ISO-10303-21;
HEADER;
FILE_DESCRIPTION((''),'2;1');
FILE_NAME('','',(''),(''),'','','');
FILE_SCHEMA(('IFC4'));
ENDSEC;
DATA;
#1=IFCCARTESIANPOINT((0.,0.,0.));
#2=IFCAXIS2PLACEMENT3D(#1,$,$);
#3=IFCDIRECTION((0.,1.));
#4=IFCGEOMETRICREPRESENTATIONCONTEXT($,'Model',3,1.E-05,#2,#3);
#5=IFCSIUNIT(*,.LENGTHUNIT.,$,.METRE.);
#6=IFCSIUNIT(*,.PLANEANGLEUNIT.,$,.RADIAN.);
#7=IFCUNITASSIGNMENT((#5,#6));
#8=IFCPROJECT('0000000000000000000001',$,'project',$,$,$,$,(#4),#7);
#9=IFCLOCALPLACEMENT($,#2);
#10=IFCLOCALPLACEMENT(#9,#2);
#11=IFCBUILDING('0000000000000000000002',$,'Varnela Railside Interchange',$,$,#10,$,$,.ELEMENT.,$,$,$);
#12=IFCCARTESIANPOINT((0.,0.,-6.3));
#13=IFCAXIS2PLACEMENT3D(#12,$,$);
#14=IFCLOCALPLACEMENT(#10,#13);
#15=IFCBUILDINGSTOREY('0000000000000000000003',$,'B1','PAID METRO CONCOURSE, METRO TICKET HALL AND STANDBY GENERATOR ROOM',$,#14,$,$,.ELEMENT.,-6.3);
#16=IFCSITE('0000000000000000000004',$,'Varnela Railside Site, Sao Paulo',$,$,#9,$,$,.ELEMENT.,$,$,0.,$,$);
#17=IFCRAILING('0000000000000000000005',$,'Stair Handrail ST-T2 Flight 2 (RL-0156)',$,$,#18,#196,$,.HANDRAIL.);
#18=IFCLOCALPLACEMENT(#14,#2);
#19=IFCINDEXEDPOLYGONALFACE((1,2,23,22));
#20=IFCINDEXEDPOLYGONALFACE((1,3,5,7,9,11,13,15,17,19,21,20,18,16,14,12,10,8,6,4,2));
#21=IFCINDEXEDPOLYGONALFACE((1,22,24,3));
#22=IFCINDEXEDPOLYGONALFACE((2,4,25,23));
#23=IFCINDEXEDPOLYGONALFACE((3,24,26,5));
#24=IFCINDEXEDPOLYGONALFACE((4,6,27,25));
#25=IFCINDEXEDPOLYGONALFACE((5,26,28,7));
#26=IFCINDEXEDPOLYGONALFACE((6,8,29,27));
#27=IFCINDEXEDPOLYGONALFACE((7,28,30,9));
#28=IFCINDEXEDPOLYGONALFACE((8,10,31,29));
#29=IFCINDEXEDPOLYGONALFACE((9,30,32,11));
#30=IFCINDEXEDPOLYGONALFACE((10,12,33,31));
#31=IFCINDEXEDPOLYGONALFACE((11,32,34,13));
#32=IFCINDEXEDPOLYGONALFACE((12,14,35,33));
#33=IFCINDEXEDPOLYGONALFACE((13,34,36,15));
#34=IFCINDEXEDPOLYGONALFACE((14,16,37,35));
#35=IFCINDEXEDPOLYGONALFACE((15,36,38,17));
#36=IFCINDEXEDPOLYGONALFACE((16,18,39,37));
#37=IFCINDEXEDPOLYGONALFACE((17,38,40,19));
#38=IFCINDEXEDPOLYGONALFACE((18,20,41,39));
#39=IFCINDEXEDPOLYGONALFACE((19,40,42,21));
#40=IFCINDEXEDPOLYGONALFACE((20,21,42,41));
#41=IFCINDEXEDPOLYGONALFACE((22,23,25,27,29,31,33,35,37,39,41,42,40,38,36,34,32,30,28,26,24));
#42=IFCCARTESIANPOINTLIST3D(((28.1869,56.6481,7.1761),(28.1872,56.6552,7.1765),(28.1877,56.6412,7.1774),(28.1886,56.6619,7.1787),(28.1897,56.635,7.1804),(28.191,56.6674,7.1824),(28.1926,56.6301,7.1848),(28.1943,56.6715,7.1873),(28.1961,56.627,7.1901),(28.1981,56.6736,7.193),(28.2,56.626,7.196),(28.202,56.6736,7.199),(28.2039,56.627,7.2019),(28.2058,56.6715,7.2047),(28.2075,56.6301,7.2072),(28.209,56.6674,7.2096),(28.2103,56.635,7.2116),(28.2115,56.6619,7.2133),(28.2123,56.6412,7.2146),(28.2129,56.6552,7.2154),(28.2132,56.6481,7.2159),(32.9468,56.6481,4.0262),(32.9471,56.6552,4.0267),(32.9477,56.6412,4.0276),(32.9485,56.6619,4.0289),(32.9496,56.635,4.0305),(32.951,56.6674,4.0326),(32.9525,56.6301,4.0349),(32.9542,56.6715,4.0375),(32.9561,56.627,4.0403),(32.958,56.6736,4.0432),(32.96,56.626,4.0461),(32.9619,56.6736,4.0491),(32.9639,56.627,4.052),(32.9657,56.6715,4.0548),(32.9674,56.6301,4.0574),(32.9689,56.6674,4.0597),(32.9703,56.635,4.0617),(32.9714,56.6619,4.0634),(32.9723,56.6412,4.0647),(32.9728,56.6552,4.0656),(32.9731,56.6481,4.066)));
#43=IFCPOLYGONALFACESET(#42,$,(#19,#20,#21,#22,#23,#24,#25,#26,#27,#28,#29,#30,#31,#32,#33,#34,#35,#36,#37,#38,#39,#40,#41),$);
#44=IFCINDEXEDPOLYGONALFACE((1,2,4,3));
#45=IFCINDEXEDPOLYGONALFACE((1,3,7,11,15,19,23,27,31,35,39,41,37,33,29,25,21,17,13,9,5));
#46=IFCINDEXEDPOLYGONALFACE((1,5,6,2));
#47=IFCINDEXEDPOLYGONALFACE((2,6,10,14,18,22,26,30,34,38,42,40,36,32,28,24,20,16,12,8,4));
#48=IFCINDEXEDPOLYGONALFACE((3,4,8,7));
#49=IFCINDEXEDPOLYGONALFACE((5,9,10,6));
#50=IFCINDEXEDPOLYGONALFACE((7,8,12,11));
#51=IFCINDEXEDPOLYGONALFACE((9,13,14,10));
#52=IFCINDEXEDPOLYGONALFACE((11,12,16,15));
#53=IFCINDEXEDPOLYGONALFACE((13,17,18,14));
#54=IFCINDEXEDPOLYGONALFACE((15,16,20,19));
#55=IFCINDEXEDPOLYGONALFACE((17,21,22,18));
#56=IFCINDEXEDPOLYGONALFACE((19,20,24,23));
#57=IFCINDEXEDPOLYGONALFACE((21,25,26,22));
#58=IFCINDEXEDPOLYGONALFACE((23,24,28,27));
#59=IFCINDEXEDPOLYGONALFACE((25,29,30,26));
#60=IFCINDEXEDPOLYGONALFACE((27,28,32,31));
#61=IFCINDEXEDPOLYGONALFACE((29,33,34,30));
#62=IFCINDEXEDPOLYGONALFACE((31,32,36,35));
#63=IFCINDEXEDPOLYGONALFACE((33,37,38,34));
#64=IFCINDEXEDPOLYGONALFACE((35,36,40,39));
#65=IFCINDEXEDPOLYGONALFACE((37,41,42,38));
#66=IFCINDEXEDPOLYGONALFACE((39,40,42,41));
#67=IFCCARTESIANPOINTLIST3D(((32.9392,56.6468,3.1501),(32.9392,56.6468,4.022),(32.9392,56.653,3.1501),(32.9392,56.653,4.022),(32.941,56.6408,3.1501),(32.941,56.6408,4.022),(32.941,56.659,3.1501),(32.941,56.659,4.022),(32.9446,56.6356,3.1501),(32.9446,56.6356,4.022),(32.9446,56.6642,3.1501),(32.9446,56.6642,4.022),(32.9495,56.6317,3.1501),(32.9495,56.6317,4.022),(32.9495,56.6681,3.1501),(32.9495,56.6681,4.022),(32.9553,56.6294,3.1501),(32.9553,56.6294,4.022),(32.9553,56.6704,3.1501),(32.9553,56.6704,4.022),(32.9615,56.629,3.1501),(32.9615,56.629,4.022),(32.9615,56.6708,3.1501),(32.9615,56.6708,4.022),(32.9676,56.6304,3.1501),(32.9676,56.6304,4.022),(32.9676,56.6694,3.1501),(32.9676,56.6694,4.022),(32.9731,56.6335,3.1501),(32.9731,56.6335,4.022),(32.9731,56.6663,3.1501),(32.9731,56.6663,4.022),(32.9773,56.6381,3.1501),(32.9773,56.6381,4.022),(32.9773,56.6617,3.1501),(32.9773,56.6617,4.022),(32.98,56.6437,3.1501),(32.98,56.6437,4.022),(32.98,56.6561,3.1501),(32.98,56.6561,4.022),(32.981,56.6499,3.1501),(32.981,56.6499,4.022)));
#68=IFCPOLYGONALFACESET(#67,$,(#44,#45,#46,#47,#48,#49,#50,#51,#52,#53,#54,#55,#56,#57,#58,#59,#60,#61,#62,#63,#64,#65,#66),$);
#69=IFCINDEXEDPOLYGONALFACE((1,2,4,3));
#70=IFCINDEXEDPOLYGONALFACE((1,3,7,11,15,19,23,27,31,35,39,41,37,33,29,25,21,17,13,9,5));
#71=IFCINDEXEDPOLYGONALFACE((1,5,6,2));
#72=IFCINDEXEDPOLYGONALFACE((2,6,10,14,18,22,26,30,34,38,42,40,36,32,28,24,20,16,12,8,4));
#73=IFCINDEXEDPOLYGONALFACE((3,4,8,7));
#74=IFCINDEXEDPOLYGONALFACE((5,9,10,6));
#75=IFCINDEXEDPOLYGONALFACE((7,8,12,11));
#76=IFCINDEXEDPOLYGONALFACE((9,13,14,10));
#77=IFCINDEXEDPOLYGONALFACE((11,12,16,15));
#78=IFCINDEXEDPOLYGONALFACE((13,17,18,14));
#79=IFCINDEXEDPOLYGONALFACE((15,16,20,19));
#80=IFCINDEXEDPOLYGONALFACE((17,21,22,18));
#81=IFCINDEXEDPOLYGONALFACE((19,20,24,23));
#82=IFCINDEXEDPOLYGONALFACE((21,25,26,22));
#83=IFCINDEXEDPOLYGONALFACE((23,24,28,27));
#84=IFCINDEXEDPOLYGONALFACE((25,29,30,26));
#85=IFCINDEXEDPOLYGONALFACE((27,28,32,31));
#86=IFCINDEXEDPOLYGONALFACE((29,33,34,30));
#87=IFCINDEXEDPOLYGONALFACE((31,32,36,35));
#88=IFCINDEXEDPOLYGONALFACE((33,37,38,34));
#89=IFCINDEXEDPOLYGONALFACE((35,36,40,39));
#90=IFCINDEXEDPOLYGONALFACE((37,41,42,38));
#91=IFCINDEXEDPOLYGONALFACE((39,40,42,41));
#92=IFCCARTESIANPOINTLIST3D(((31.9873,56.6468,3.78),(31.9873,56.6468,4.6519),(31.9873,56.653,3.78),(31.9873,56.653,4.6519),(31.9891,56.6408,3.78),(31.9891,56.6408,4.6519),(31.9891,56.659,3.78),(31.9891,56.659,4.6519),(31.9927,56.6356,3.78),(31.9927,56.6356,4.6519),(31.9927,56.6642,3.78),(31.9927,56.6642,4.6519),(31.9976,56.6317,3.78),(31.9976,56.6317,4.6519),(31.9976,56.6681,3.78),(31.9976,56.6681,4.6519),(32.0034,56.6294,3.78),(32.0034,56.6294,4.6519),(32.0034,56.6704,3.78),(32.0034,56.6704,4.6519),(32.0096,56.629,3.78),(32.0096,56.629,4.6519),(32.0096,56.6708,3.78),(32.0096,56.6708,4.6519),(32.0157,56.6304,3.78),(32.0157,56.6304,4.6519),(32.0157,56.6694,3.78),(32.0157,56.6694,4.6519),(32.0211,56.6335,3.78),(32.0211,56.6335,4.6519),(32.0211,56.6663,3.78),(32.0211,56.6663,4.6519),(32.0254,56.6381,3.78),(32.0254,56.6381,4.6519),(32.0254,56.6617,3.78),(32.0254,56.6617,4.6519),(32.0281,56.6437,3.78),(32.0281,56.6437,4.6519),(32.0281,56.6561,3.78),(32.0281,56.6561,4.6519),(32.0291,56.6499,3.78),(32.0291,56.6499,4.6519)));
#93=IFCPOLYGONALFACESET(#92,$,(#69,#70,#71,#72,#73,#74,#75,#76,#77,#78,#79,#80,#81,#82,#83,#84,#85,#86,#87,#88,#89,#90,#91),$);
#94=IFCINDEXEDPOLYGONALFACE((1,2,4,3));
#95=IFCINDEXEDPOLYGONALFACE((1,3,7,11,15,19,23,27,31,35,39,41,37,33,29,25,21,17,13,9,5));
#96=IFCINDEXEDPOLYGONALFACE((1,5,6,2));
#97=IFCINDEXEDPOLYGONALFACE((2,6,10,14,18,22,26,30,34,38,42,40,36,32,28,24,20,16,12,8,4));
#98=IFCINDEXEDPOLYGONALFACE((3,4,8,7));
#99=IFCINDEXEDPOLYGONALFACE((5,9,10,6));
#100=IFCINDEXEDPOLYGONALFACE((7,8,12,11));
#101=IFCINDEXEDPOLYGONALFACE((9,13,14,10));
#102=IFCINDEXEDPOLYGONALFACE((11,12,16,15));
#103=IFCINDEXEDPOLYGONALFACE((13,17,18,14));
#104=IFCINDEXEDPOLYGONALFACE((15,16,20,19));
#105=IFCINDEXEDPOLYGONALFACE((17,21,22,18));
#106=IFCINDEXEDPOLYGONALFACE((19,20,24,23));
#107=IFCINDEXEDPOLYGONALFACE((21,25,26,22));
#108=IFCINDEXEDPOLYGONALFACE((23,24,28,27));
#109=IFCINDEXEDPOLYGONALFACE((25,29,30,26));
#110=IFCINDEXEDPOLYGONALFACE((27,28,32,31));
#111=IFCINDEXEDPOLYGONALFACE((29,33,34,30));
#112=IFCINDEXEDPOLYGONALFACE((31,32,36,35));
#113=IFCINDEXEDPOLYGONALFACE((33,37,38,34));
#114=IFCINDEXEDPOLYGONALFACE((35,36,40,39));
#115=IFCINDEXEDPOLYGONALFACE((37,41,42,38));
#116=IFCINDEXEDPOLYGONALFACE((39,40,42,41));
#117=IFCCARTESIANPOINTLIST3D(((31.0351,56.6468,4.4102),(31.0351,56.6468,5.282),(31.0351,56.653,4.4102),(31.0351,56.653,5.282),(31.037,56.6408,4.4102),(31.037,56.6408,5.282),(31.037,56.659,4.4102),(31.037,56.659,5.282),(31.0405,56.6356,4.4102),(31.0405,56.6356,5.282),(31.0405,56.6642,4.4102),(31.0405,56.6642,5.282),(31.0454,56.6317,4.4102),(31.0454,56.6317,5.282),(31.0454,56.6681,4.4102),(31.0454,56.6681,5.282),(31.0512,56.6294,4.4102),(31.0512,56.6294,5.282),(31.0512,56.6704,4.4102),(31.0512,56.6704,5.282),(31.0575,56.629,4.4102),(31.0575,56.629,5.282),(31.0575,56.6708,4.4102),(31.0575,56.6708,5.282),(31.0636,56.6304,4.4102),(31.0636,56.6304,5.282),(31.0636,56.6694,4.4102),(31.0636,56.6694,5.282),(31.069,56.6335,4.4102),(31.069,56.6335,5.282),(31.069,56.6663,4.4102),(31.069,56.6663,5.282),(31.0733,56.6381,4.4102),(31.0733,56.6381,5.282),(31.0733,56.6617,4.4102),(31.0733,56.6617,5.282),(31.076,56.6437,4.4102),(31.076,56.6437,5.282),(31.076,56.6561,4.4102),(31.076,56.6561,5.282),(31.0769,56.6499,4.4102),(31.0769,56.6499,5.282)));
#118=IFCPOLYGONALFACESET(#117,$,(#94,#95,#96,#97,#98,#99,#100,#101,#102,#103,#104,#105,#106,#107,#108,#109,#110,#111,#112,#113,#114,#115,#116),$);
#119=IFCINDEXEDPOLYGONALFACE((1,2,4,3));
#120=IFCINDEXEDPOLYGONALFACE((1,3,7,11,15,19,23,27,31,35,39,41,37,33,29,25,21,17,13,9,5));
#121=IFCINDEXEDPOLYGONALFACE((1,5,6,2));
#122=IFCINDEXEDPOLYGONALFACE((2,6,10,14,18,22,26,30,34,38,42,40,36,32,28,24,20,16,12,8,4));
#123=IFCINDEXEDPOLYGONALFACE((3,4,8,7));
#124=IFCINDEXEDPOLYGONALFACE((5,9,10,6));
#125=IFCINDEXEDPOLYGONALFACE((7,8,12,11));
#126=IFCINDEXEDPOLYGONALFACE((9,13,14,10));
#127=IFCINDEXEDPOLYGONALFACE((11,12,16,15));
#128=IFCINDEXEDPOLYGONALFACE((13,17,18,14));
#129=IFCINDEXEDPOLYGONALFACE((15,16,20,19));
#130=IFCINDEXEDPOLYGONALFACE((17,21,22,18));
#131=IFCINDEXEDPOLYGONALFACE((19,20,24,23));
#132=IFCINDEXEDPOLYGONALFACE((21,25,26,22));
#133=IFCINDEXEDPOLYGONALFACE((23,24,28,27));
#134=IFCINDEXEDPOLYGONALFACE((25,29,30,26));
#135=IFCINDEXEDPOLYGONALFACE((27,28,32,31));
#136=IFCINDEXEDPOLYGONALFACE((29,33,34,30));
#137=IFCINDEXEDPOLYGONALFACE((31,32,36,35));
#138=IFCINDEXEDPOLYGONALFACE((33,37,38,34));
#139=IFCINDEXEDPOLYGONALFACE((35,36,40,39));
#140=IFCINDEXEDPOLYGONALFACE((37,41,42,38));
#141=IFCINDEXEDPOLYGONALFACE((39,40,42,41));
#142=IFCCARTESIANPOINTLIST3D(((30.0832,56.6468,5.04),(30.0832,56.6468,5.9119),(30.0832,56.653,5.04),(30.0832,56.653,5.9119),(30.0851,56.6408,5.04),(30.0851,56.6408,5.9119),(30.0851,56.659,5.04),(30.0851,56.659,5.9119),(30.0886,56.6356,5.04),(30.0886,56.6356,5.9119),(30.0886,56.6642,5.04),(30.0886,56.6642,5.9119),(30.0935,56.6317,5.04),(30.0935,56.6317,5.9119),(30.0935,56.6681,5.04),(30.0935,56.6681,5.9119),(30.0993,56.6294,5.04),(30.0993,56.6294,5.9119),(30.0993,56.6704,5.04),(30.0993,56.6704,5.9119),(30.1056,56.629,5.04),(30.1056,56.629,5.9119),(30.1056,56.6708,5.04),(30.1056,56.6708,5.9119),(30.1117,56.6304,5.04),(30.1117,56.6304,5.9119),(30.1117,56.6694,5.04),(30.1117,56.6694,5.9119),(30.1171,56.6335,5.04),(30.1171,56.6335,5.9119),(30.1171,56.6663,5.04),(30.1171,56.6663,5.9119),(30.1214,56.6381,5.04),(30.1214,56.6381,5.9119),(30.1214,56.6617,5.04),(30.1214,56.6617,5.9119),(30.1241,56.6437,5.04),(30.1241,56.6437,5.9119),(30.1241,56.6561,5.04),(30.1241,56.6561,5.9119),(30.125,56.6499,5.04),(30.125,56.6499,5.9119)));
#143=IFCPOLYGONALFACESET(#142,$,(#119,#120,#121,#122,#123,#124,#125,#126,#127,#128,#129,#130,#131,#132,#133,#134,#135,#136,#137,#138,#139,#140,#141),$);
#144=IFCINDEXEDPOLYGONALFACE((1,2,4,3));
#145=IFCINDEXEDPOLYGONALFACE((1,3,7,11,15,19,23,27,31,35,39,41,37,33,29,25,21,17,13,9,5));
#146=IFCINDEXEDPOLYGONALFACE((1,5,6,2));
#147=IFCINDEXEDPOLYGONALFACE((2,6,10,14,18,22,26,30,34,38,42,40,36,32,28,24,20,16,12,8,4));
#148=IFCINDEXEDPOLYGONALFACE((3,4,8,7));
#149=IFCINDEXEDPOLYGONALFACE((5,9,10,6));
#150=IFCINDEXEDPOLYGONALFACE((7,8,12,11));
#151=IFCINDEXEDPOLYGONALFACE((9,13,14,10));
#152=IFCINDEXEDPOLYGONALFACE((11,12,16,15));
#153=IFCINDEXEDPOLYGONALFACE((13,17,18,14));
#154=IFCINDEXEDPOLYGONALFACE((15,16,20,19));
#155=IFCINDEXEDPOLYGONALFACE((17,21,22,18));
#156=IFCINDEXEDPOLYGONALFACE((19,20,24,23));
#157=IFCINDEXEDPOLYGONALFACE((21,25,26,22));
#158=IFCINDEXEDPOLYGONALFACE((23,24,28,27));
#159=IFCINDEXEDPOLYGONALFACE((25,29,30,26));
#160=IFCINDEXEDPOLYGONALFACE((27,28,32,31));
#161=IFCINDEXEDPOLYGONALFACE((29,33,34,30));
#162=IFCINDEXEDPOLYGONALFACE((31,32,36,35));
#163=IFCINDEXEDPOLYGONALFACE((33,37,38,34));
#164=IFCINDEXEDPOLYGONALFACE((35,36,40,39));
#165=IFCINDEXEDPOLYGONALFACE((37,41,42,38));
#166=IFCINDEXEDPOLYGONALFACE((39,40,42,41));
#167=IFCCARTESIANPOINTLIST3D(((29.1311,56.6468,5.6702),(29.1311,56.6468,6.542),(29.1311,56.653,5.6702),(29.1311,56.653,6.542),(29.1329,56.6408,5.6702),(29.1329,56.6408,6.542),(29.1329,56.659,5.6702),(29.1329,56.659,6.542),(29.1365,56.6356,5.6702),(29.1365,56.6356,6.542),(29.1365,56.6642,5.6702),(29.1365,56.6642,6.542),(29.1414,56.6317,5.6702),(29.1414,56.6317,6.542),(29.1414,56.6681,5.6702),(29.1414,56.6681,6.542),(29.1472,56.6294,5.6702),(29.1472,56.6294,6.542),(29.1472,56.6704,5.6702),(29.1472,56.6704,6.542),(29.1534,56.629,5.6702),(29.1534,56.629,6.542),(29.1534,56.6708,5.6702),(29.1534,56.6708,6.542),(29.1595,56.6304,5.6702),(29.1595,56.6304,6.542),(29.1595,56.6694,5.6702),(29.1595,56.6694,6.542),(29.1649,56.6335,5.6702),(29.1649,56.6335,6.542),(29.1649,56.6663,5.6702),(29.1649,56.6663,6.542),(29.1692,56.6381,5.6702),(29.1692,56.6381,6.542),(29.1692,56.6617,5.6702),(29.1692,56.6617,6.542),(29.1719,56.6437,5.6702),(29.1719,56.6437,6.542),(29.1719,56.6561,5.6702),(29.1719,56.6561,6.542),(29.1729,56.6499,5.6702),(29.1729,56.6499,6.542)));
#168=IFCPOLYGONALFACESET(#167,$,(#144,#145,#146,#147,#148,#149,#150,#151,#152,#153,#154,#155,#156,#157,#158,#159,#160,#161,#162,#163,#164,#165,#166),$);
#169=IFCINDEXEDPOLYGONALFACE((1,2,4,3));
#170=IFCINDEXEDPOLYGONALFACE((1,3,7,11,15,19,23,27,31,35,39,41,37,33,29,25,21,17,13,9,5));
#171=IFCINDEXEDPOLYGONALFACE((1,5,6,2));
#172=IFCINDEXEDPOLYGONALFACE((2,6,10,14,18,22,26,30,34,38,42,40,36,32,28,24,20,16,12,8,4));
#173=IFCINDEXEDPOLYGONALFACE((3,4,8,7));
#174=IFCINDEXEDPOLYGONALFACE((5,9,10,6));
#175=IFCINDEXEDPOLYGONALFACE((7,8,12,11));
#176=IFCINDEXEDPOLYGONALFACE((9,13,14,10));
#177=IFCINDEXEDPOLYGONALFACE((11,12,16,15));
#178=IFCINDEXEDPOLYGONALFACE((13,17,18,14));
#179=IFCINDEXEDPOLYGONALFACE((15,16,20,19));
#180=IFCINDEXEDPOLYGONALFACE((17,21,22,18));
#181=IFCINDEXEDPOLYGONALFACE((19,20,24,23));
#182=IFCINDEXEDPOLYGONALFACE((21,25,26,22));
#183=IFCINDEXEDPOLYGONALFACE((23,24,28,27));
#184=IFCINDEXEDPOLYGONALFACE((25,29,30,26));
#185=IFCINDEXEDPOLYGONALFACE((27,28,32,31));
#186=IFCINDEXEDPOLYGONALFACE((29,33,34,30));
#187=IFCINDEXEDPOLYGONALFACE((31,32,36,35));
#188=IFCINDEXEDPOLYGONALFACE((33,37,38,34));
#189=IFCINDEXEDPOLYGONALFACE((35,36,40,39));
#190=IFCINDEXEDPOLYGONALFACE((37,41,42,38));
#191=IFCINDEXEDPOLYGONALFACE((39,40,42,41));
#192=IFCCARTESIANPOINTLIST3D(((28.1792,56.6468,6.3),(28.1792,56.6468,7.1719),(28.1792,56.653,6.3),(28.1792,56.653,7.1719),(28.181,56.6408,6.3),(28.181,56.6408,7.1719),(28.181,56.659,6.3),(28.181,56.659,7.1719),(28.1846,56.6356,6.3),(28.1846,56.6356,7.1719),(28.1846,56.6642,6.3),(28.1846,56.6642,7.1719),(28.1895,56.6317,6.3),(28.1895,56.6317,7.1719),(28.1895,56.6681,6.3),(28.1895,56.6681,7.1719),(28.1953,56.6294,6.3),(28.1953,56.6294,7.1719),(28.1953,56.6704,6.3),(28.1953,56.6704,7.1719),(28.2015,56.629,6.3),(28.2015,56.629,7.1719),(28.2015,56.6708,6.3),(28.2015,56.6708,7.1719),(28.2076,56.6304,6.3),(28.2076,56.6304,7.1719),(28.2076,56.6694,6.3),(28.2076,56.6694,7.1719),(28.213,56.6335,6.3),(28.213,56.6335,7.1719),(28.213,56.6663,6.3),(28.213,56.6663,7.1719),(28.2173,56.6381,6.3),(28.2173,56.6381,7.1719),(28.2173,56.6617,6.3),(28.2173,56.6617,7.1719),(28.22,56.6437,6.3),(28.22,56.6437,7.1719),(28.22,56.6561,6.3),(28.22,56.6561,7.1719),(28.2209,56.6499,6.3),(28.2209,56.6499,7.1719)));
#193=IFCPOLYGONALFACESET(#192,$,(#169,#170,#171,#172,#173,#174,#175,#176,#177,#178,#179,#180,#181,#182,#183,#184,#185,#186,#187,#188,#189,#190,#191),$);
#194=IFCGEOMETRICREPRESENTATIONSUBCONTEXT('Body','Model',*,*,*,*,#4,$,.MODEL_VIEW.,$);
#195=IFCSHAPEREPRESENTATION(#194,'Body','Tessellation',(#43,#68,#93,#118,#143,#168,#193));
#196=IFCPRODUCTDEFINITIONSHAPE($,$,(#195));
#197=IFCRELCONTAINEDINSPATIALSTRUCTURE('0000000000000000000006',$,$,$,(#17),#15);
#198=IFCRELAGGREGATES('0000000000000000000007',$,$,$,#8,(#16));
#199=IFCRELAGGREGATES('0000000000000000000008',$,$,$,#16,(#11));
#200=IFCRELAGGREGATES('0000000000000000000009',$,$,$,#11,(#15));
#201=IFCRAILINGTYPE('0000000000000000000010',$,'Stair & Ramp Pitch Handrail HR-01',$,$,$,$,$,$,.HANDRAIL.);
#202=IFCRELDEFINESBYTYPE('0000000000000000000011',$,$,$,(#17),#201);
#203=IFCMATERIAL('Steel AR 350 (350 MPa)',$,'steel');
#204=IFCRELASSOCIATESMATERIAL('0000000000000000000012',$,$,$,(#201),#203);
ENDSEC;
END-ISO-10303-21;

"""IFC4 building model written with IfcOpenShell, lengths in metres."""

from ifc_helpers import new_model, si_unit, direction, frame, origin, origin_2d, place, context, subcontext, project, spatial, circle, extrude, material, type_object, element, save


model = new_model("IFC4")

# Units and contexts
model_context = context("Model", 3, precision=1e-05, world=origin(), true_north=direction((0.0, 1.0)))
body_context = subcontext(model_context, "Body", "Model", "MODEL_VIEW")
ifc_project = project(units=[si_unit("LENGTHUNIT", "METRE"), si_unit("PLANEANGLEUNIT", "RADIAN")], contexts=[model_context])

# Site, building, storey
site_placement = place(None, origin())
site = spatial("IfcSite", under=ifc_project, at=site_placement, Name="Varnela Railside Site, Sao Paulo", CompositionType="ELEMENT", RefElevation=0.0)
building_placement = place(site_placement, origin())
building = spatial("IfcBuilding", under=site, at=building_placement, Name="Varnela Railside Interchange", CompositionType="ELEMENT")
storey_placement = place(building_placement, frame((0.0, 0.0, -6.3)))
storey = spatial("IfcBuildingStorey", under=building, at=storey_placement, Name="B1", Description="PAID METRO CONCOURSE, METRO TICKET HALL AND STANDBY GENERATOR ROOM", CompositionType="ELEMENT", Elevation=-6.3)

# Shared definitions
ifc_material_1 = material(Name="Steel AR 350 (350 MPa)", Category="steel")

# Railing
railing_type_1 = type_object("IfcRailingType", Name="Stair & Ramp Pitch Handrail HR-01", PredefinedType="HANDRAIL", material=ifc_material_1)
railing_1_placement = place(storey_placement, frame((32.96, 56.6499, 3.1501)))
element("IfcRailing", 1, at=railing_1_placement, inside=storey, type_object=railing_type_1, Name="Stair Handrail ST-T2 Flight 2 (RL-0156)", PredefinedType="HANDRAIL", context=body_context, shape_type="SweptSolid", body=[
    extrude(circle(Radius=0.0239, at=origin_2d()), frame((0.0, 0.0, 0.896), z_axis=(-0.833941, 0.0, 0.551854), x_axis=(0.0, -1.0, 0.0)), (0.0, 0.0, 1.0), 5.7078),
    extrude(circle(Radius=0.021, at=origin_2d()), origin(), (0.0, 0.0, 1.0), 0.8718),
    extrude(circle(Radius=0.021, at=origin_2d()), frame((-0.9519, 0.0, 0.6299)), (0.0, 0.0, 1.0), 0.8718),
    extrude(circle(Radius=0.021, at=origin_2d()), frame((-1.9041, 0.0, 1.26)), (0.0, 0.0, 1.0), 0.8718),
    extrude(circle(Radius=0.021, at=origin_2d()), frame((-2.856, 0.0, 1.8899)), (0.0, 0.0, 1.0), 0.8718),
    extrude(circle(Radius=0.021, at=origin_2d()), frame((-3.8081, 0.0, 2.52)), (0.0, 0.0, 1.0), 0.8718),
    extrude(circle(Radius=0.021, at=origin_2d()), frame((-4.76, 0.0, 3.1499)), (0.0, 0.0, 1.0), 0.8718),
])

save(model, "model.ifc")
